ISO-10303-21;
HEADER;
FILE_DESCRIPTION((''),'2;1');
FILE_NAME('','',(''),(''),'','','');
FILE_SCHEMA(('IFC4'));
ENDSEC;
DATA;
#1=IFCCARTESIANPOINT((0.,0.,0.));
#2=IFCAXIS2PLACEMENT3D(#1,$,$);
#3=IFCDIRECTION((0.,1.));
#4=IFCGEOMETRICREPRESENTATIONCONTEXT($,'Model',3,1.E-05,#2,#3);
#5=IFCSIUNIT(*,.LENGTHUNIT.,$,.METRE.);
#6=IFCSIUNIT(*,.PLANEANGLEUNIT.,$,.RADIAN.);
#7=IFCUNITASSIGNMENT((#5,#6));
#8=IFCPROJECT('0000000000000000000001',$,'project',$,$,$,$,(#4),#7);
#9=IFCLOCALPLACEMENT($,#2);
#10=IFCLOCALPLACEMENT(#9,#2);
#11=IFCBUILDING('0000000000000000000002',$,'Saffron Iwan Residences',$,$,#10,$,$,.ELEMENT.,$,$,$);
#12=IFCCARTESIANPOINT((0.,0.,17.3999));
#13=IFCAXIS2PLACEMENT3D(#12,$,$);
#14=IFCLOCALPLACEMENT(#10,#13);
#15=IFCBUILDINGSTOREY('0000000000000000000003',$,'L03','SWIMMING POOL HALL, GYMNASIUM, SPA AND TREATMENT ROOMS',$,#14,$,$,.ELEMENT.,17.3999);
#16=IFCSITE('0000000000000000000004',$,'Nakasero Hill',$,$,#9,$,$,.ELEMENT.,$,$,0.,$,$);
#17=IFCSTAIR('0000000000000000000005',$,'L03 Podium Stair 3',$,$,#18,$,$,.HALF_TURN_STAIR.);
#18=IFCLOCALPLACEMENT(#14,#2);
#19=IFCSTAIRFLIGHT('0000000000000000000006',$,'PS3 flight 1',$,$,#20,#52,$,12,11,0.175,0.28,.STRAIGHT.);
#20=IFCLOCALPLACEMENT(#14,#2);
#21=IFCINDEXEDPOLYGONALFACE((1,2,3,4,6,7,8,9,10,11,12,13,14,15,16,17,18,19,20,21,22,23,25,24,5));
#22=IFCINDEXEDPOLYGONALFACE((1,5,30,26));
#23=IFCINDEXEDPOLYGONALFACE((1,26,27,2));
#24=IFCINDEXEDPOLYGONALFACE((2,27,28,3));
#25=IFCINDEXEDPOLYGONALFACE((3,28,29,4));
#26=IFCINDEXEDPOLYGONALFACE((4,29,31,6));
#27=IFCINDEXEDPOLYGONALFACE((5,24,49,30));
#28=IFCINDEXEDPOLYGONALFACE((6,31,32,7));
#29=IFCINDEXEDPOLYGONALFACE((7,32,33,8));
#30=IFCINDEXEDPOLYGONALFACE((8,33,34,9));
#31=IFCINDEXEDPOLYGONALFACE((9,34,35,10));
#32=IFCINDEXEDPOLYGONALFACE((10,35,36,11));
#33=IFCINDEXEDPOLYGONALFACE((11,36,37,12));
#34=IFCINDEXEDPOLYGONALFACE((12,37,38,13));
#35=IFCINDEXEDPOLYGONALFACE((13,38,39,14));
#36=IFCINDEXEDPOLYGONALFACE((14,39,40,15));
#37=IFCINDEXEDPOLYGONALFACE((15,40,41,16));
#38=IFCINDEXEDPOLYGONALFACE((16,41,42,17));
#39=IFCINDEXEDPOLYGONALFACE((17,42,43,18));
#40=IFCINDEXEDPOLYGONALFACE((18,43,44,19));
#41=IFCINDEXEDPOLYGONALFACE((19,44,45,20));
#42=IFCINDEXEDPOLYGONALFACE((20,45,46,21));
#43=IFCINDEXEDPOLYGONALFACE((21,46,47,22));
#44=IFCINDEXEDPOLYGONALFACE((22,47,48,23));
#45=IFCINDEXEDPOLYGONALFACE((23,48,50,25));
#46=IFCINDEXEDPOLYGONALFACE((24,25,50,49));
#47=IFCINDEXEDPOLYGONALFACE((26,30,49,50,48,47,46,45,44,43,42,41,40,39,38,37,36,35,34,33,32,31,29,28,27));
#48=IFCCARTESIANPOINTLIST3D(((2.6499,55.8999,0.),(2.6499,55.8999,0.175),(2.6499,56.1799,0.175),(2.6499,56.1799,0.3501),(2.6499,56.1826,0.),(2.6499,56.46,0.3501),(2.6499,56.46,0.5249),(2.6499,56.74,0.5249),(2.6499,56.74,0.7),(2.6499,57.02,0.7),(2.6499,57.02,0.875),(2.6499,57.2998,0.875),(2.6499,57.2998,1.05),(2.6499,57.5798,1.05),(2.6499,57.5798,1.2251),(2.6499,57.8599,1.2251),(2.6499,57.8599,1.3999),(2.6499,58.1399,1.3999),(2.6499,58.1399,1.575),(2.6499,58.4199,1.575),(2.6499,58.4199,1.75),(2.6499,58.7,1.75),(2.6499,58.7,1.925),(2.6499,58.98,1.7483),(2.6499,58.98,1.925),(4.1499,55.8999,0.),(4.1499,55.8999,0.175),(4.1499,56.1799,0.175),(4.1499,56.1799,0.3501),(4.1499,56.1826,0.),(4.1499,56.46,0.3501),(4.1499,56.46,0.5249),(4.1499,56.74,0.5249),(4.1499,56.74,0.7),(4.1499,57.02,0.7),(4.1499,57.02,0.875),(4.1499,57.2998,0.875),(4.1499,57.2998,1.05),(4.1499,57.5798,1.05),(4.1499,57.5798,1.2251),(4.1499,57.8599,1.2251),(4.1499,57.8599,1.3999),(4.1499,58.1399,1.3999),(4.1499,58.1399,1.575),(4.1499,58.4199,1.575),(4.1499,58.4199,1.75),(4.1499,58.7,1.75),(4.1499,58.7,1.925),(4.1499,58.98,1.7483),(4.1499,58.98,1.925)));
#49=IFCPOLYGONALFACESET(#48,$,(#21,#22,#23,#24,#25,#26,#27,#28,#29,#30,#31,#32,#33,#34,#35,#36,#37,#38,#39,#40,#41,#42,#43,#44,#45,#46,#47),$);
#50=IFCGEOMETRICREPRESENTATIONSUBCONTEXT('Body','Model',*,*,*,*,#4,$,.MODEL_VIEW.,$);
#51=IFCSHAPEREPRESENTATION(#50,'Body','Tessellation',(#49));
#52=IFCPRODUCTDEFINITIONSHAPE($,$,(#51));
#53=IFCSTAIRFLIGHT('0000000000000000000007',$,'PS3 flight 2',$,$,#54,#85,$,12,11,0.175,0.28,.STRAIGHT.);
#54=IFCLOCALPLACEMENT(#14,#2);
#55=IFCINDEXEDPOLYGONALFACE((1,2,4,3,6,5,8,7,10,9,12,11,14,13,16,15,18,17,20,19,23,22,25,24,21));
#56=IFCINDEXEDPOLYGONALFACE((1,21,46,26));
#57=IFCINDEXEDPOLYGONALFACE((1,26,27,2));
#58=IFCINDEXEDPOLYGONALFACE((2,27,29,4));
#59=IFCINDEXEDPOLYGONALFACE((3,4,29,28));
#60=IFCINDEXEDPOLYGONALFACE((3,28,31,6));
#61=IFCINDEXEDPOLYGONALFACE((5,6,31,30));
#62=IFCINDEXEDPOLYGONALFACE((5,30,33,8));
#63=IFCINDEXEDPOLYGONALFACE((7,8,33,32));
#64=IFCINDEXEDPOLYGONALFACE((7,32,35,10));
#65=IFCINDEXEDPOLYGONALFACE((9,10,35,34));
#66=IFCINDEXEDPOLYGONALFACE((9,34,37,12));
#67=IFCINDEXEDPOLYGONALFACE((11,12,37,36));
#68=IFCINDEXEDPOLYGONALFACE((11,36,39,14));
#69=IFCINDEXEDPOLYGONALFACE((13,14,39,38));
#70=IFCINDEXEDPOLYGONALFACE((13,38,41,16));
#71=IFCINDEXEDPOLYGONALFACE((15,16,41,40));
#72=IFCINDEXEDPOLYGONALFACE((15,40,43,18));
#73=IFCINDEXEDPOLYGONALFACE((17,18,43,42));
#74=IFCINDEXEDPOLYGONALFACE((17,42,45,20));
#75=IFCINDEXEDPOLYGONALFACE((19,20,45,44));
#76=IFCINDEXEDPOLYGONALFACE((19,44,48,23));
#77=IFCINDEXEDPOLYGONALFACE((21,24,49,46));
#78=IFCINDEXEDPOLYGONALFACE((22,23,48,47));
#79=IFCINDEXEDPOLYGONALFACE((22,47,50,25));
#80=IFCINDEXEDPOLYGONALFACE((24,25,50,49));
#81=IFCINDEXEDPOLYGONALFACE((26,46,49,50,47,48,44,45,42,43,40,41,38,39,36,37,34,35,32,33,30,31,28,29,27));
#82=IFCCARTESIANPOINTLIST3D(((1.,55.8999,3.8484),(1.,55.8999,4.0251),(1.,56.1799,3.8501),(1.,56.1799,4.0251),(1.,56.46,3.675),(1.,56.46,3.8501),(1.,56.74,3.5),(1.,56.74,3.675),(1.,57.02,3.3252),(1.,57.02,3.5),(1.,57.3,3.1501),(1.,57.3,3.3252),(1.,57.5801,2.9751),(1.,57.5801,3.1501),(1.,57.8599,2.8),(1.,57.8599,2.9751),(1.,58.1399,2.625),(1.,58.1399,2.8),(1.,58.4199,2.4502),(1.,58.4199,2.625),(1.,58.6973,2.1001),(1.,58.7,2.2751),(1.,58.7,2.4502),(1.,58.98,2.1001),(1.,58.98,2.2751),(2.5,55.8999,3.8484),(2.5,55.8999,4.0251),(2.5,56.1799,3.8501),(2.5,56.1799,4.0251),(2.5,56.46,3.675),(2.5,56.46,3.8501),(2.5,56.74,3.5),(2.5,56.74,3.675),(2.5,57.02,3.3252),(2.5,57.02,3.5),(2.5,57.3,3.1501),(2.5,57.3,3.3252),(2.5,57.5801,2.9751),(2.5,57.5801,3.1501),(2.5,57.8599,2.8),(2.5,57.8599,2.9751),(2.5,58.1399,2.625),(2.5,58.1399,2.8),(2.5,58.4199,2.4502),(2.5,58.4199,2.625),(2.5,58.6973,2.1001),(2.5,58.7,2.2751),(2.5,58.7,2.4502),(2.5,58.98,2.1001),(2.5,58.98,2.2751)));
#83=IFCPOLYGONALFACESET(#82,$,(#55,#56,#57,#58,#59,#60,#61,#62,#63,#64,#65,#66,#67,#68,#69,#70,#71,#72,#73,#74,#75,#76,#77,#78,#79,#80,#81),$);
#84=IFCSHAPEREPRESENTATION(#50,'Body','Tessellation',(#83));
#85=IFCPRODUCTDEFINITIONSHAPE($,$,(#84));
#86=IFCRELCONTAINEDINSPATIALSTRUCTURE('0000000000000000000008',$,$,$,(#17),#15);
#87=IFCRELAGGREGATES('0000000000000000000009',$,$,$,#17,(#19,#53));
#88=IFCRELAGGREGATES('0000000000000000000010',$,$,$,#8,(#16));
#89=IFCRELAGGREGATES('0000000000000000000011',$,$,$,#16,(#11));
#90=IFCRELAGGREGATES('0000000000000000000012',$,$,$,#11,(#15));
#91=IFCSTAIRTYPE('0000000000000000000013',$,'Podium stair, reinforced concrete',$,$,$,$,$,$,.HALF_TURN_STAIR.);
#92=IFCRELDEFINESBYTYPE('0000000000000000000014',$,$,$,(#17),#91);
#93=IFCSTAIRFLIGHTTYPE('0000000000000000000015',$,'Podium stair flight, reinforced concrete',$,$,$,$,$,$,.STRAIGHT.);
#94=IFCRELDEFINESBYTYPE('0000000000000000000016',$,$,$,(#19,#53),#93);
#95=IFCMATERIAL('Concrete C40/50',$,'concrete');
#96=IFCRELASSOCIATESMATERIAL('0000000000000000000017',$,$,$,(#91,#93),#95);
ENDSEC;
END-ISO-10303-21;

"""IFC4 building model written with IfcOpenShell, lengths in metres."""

from ifc_helpers import new_model, si_unit, direction, frame, origin, place, context, subcontext, project, spatial, polyline, outline, extrude, material, type_object, element, aggregate, save


model = new_model("IFC4")

# Units and contexts
model_context = context("Model", 3, precision=1e-05, world=origin(), true_north=direction((0.0, 1.0)))
body_context = subcontext(model_context, "Body", "Model", "MODEL_VIEW")
ifc_project = project(units=[si_unit("LENGTHUNIT", "METRE"), si_unit("PLANEANGLEUNIT", "RADIAN")], contexts=[model_context])

# Site, building, storey
site_placement = place(None, origin())
site = spatial("IfcSite", under=ifc_project, at=site_placement, Name="Nakasero Hill", CompositionType="ELEMENT", RefElevation=0.0)
building_placement = place(site_placement, origin())
building = spatial("IfcBuilding", under=site, at=building_placement, Name="Saffron Iwan Residences", CompositionType="ELEMENT")
storey_placement = place(building_placement, frame((0.0, 0.0, 17.3999)))
storey = spatial("IfcBuildingStorey", under=building, at=storey_placement, Name="L03", Description="SWIMMING POOL HALL, GYMNASIUM, SPA AND TREATMENT ROOMS", CompositionType="ELEMENT", Elevation=17.3999)

# Shared definitions
ifc_material_1 = material(Name="Concrete C40/50", Category="concrete")

# Shared definitions
stair_type = type_object("IfcStairType", Name="Podium stair, reinforced concrete", PredefinedType="HALF_TURN_STAIR", material=ifc_material_1)
stair_flight_type = type_object("IfcStairFlightType", Name="Podium stair flight, reinforced concrete", PredefinedType="STRAIGHT", material=ifc_material_1)

# Stair, stair flights
stair_1_placement = place(storey_placement, origin())
stair_1 = element("IfcStair", 1, at=stair_1_placement, inside=storey, type_object=stair_type, Name="L03 Podium Stair 3", PredefinedType="HALF_TURN_STAIR")
stair_flight_1_placement = place(storey_placement, frame((3.3999, 55.8999, 0.0), z_axis=(0.0, 0.0, 1.0), x_axis=(0.0, 1.0, 0.0)))
stair_flight_1 = element("IfcStairFlight", 2, at=stair_flight_1_placement, type_object=stair_flight_type, Name="PS3 flight 1", NumberOfRisers=12, NumberOfTreads=11, PredefinedType="STRAIGHT", RiserHeight=0.175, TreadLength=0.28, context=body_context, shape_type="SweptSolid", body=[
    extrude(outline(polyline([(0.0, 0.0), (0.0, 0.175), (0.28, 0.175), (0.28, 0.3501), (0.5601, 0.3501), (0.5601, 0.5249), (0.8401, 0.5249), (0.8401, 0.7), (1.1201, 0.7), (1.1201, 0.875), (1.3999, 0.875), (1.3999, 1.05), (1.6799, 1.05), (1.6799, 1.2251), (1.96, 1.2251), (1.96, 1.3999), (2.24, 1.3999), (2.24, 1.575), (2.52, 1.575), (2.52, 1.75), (2.8, 1.75), (2.8, 1.925), (3.0801, 1.925), (3.0801, 2.1001), (3.0801, 1.7483), (0.2827, 0.0), (0.0, 0.0)])), frame((0.0, 0.75, 0.0), z_axis=(0.0, -1.0, 0.0), x_axis=(1.0, 0.0, 0.0)), (0.0, 0.0, 1.0), 1.5),
])
stair_flight_2_placement = place(storey_placement, frame((1.75, 58.98, 2.1001), z_axis=(0.0, 0.0, 1.0), x_axis=(0.0, -1.0, 0.0)))
stair_flight_2 = element("IfcStairFlight", 3, at=stair_flight_2_placement, type_object=stair_flight_type, Name="PS3 flight 2", NumberOfRisers=12, NumberOfTreads=11, PredefinedType="STRAIGHT", RiserHeight=0.175, TreadLength=0.28, context=body_context, shape_type="SweptSolid", body=[
    extrude(outline(polyline([(0.0, 0.0), (0.0, 0.175), (0.28, 0.175), (0.28, 0.3501), (0.5601, 0.3501), (0.5601, 0.5249), (0.8401, 0.5249), (0.8401, 0.7), (1.1201, 0.7), (1.1201, 0.875), (1.3999, 0.875), (1.3999, 1.05), (1.6799, 1.05), (1.6799, 1.2251), (1.96, 1.2251), (1.96, 1.3999), (2.24, 1.3999), (2.24, 1.575), (2.52, 1.575), (2.52, 1.75), (2.8, 1.75), (2.8, 1.925), (3.0801, 1.925), (3.0801, 2.1001), (3.0801, 1.7483), (0.2827, 0.0), (0.0, 0.0)])), frame((0.0, 0.75, 0.0), z_axis=(0.0, -1.0, 0.0), x_axis=(1.0, 0.0, 0.0)), (0.0, 0.0, 1.0), 1.5),
])
aggregate(stair_1, [stair_flight_1, stair_flight_2])

save(model, "model.ifc")
